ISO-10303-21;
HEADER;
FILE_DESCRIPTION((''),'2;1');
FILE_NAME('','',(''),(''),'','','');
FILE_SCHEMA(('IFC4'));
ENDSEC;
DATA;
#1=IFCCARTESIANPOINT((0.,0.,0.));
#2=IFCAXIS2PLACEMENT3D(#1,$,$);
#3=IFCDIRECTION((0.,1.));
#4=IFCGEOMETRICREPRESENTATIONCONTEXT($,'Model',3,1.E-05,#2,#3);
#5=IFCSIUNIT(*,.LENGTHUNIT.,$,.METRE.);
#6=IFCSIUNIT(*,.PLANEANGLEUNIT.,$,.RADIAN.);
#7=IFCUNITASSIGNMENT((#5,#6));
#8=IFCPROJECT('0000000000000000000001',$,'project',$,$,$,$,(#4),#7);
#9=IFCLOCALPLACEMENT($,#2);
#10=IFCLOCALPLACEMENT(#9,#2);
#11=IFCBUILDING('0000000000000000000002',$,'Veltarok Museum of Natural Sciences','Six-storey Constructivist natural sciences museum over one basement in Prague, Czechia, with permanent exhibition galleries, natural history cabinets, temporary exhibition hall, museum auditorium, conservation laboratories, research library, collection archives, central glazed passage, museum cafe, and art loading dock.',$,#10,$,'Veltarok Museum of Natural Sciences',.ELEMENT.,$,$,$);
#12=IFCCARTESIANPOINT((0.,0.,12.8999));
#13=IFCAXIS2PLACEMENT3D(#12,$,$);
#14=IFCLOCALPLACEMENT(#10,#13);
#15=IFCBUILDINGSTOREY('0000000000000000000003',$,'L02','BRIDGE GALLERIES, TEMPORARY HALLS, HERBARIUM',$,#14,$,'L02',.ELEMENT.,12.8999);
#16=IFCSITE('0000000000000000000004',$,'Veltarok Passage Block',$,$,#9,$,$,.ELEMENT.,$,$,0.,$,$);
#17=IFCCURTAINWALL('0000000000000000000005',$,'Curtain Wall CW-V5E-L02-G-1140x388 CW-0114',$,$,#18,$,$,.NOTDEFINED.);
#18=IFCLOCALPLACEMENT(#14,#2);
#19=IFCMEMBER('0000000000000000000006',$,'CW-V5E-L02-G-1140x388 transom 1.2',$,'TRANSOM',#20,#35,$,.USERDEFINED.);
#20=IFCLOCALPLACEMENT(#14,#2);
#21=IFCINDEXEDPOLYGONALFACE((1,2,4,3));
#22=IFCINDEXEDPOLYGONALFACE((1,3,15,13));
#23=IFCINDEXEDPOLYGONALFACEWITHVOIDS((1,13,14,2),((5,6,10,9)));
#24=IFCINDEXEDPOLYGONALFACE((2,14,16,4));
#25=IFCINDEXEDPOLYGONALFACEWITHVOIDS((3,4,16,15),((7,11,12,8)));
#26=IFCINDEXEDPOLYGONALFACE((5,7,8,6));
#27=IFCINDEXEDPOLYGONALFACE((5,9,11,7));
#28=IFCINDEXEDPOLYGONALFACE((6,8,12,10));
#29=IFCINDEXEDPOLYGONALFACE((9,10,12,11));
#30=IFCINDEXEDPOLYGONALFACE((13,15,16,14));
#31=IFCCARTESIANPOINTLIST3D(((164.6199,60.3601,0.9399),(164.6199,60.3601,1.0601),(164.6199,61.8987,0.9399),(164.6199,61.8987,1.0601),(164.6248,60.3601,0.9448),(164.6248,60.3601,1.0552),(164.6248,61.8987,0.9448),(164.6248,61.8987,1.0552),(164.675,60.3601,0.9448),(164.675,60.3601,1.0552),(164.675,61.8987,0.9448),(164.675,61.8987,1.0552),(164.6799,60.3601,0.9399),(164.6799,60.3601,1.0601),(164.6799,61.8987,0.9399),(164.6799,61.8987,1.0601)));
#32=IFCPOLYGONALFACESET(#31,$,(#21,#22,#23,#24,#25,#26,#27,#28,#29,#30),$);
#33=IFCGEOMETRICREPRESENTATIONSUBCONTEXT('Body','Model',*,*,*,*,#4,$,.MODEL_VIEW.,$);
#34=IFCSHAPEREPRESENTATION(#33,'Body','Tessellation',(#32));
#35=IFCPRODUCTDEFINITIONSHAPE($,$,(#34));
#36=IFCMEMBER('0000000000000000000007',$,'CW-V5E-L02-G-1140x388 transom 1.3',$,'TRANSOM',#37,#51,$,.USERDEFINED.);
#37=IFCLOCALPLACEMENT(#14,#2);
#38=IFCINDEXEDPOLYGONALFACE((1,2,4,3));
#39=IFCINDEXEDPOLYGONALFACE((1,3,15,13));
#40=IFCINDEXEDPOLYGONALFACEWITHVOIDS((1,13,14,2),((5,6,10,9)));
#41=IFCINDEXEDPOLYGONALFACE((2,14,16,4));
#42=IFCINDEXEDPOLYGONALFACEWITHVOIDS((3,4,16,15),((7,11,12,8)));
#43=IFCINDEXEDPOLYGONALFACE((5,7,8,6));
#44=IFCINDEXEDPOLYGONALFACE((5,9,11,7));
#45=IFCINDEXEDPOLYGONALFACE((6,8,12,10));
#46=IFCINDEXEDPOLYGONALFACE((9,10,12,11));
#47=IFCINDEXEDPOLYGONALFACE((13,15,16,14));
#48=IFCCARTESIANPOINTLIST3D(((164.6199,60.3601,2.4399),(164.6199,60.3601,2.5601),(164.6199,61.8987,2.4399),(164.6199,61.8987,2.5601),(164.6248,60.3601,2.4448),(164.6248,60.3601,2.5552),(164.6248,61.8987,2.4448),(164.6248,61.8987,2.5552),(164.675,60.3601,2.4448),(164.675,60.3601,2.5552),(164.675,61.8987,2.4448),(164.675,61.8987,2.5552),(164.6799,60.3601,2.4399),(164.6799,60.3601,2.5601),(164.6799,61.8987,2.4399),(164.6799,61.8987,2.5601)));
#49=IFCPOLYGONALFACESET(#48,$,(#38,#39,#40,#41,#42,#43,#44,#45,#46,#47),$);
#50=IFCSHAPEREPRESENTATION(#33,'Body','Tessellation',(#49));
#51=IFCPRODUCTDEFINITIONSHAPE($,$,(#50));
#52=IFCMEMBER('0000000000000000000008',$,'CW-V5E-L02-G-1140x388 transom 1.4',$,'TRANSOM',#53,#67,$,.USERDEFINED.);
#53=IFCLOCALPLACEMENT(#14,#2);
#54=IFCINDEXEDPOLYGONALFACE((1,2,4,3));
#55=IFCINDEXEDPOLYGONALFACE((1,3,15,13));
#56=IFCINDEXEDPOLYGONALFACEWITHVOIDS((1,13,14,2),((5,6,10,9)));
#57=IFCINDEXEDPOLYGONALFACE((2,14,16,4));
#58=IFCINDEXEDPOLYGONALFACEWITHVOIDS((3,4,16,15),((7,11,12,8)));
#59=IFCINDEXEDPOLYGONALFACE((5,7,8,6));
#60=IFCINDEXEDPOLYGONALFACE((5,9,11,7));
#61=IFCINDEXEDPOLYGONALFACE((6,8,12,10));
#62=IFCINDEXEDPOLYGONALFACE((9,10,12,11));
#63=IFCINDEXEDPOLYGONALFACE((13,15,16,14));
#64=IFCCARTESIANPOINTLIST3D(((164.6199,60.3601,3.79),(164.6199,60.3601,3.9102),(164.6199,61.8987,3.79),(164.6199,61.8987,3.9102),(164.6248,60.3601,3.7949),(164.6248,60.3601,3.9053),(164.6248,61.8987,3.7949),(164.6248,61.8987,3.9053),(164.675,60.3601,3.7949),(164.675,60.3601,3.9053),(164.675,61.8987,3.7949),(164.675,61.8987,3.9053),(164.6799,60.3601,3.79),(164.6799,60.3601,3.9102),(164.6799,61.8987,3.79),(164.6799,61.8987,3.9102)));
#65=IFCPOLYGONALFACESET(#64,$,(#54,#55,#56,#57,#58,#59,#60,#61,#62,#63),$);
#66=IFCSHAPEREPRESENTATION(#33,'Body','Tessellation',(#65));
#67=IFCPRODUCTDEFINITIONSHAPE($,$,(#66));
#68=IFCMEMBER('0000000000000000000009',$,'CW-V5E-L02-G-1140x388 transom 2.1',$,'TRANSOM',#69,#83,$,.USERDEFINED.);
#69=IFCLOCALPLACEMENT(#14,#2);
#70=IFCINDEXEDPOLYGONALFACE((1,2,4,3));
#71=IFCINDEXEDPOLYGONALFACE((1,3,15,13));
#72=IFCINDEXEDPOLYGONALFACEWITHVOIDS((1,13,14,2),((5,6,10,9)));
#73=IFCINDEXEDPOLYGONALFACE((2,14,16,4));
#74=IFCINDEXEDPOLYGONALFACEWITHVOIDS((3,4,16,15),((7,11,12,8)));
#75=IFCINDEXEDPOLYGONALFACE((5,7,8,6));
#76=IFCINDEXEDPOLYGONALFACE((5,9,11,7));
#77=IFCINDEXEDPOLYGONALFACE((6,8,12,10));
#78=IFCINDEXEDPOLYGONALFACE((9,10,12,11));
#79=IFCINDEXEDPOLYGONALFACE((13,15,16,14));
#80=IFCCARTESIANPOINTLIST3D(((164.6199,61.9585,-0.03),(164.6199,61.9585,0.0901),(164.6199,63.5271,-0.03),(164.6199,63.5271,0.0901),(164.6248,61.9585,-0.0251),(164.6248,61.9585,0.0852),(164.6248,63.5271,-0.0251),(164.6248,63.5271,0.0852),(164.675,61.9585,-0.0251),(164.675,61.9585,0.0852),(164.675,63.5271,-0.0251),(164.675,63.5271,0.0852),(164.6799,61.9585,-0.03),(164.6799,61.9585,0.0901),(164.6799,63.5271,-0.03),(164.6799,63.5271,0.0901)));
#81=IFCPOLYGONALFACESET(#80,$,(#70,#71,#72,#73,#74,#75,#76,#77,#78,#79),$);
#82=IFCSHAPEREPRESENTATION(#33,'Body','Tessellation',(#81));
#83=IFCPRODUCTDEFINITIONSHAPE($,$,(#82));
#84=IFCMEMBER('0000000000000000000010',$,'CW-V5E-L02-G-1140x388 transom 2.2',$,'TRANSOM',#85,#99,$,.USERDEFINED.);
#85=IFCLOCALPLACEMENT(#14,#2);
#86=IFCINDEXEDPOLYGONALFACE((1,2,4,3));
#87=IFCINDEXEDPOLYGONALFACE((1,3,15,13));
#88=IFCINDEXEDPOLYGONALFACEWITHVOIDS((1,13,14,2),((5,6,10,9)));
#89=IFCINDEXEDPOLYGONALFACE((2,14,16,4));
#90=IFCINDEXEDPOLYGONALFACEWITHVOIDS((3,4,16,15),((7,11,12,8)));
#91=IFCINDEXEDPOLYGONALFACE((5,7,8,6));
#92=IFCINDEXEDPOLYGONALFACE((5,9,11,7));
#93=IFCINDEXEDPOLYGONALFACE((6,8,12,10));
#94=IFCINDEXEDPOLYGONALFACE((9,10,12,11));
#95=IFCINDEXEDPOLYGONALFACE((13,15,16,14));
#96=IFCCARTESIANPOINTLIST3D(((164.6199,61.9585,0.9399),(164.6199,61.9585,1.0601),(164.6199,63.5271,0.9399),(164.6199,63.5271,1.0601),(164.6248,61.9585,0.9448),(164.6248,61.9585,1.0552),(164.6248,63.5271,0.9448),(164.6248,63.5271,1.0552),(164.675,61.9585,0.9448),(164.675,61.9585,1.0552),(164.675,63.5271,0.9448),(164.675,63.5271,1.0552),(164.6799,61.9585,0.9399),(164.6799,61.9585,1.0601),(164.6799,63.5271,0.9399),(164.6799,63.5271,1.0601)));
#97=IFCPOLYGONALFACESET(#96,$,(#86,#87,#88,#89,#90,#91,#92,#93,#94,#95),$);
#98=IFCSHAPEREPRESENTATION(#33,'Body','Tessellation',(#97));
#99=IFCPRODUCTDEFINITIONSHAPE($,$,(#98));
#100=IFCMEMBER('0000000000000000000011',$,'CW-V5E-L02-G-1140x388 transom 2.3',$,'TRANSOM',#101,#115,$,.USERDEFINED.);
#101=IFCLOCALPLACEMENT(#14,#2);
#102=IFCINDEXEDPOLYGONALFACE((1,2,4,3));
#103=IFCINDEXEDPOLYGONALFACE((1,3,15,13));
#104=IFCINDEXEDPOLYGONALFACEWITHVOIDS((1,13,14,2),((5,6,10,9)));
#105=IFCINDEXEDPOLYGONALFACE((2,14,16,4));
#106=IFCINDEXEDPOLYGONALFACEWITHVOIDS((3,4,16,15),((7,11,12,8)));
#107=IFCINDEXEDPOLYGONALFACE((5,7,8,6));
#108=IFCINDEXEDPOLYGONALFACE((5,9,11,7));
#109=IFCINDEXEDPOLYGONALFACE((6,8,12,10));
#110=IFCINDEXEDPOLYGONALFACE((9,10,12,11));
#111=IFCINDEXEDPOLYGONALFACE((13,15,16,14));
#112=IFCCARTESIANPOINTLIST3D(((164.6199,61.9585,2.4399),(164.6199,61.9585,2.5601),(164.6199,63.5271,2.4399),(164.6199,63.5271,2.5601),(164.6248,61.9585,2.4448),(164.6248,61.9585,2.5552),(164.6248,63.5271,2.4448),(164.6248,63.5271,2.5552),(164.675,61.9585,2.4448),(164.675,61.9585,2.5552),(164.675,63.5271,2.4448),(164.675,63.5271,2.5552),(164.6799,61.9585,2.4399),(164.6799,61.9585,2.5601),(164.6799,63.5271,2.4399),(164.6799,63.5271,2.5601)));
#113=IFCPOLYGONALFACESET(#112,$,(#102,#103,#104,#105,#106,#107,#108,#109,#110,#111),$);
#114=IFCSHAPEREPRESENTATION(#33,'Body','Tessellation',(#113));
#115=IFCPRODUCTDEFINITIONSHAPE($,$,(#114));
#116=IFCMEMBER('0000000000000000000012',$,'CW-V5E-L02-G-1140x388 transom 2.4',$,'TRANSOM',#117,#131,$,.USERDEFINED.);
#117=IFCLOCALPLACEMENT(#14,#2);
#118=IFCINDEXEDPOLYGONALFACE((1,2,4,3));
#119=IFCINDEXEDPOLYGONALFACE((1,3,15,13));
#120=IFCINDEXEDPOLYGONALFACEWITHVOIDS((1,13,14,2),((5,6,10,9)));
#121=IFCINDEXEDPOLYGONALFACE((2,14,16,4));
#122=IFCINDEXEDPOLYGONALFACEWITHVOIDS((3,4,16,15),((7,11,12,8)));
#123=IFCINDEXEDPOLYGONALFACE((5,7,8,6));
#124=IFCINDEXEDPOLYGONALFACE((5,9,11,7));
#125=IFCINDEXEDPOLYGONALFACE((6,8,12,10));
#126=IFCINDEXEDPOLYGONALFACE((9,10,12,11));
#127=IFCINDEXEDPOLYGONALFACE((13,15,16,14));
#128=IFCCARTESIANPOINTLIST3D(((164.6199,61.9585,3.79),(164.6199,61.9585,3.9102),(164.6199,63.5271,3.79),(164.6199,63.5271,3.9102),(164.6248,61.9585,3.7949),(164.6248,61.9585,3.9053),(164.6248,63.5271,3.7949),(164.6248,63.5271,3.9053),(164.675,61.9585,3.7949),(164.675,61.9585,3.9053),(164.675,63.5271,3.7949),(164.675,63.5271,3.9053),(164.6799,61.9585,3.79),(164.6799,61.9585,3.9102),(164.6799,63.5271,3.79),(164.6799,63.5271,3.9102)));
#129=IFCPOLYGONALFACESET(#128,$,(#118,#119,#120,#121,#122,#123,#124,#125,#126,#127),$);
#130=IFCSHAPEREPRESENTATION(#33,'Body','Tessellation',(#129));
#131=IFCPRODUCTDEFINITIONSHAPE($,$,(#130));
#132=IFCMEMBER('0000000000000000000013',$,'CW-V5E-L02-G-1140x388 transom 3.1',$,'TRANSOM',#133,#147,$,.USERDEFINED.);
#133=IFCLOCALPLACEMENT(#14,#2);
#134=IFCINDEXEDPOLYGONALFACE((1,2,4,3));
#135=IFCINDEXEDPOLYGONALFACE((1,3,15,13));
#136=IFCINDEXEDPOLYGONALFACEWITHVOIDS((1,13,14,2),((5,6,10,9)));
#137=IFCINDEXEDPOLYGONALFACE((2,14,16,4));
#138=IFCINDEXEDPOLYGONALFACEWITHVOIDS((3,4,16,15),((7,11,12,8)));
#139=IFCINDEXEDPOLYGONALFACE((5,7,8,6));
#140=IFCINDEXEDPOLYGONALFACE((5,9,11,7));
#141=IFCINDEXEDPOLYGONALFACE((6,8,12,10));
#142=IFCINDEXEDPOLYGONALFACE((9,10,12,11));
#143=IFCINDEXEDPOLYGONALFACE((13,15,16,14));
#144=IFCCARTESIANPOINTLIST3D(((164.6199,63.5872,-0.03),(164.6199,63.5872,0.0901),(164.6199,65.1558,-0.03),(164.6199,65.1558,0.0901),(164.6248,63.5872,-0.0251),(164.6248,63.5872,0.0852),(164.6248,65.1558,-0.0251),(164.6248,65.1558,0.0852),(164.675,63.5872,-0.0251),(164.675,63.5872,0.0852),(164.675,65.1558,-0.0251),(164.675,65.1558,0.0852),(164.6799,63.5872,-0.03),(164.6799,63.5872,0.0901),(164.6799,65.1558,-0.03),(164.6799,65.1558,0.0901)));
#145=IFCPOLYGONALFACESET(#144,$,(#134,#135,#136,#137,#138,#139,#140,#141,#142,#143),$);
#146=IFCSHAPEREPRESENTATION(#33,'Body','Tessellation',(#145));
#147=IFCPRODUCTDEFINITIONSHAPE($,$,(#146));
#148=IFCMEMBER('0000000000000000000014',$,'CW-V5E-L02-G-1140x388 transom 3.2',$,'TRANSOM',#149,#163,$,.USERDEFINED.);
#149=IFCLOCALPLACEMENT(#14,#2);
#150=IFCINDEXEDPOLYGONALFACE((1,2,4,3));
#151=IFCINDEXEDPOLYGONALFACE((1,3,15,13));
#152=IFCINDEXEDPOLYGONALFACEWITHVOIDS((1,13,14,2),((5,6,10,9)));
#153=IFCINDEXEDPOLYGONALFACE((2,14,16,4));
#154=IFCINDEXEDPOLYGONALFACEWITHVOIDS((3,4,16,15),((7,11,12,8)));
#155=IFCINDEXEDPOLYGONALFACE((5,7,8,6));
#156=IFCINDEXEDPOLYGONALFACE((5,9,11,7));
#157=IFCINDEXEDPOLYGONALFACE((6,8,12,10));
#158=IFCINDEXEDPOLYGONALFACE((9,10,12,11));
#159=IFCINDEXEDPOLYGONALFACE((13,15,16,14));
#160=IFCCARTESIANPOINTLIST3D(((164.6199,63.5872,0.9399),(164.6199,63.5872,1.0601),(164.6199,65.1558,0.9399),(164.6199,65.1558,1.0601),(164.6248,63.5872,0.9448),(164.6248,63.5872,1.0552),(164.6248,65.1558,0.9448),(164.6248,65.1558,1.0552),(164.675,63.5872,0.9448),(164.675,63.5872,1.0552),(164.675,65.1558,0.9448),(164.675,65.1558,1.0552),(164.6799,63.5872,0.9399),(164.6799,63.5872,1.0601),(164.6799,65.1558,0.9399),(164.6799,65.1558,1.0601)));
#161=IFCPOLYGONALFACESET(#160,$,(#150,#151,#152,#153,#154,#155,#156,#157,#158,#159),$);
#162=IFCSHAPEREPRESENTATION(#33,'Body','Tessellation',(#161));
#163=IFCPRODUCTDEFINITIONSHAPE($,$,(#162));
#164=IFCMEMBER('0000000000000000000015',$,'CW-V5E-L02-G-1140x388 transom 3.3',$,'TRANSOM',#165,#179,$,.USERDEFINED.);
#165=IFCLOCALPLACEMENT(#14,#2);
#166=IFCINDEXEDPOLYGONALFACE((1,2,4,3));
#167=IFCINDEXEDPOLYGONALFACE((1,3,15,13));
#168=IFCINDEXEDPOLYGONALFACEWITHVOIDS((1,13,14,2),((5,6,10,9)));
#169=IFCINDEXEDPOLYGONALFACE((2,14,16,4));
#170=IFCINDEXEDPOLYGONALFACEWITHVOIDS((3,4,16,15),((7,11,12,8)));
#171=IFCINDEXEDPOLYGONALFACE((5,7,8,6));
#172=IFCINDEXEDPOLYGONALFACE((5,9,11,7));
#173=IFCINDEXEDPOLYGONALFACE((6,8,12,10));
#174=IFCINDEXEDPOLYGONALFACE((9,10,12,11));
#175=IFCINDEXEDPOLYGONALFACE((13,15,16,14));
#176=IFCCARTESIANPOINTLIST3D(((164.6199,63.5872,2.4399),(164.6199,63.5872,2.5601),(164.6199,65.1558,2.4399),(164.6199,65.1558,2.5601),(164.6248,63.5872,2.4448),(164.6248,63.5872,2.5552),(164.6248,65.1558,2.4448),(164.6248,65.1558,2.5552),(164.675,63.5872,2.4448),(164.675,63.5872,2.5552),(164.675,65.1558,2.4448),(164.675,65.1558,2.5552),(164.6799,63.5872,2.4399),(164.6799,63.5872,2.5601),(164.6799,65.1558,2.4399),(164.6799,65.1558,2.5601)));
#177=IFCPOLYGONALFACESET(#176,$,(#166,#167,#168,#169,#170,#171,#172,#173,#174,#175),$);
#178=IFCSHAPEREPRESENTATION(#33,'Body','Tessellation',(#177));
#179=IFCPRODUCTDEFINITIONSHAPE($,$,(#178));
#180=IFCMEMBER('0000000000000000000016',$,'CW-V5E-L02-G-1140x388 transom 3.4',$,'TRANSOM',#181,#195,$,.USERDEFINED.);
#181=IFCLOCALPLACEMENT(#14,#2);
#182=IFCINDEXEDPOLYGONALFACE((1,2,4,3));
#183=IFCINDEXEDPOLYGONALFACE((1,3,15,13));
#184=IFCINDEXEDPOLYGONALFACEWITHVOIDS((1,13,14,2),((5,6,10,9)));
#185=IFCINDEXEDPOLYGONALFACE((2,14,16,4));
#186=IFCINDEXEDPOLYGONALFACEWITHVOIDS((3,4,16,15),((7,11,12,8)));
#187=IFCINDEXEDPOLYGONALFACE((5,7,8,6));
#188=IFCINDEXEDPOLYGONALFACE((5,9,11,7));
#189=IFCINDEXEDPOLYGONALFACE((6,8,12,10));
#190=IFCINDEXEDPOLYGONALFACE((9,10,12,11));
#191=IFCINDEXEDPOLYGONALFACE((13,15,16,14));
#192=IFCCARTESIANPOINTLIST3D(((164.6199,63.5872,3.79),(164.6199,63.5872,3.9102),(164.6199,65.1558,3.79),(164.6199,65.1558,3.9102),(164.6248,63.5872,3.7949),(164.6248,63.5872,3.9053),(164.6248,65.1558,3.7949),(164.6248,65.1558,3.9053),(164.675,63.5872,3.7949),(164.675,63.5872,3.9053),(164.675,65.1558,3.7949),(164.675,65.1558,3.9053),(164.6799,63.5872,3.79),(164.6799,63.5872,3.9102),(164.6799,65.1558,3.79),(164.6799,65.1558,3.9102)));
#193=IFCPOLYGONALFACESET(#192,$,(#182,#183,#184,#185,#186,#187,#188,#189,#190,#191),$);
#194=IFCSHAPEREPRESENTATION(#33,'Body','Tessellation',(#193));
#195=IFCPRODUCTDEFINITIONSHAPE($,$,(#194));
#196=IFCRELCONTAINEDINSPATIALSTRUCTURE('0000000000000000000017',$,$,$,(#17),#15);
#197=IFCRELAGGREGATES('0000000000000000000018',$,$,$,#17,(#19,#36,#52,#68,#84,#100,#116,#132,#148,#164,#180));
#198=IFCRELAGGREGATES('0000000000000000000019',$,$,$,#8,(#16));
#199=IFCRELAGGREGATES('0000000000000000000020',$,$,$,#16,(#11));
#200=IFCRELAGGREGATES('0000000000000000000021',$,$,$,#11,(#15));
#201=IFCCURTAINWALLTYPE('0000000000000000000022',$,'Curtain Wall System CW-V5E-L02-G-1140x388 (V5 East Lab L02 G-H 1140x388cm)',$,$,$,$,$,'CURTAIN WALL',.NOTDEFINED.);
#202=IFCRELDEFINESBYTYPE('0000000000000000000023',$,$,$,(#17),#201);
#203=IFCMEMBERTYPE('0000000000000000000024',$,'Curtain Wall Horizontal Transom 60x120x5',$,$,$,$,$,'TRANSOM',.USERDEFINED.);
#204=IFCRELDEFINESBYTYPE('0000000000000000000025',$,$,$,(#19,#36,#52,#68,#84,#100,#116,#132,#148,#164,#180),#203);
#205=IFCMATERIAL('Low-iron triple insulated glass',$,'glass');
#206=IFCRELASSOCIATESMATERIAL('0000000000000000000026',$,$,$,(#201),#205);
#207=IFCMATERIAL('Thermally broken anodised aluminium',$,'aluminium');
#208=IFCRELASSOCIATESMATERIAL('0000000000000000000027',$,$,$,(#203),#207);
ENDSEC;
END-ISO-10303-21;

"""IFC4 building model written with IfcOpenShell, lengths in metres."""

from ifc_helpers import new_model, si_unit, direction, frame, origin, origin_2d, place, context, subcontext, project, spatial, hollow_rectangle, extrude, material, material_profile, profile_set, type_object, element, aggregate, save


model = new_model("IFC4")

# Units and contexts
model_context = context("Model", 3, precision=1e-05, world=origin(), true_north=direction((0.0, 1.0)))
body_context = subcontext(model_context, "Body", "Model", "MODEL_VIEW")
ifc_project = project(units=[si_unit("LENGTHUNIT", "METRE"), si_unit("PLANEANGLEUNIT", "RADIAN")], contexts=[model_context])

# Site, building, storey
site_placement = place(None, origin())
site = spatial("IfcSite", under=ifc_project, at=site_placement, Name="Veltarok Passage Block", CompositionType="ELEMENT", RefElevation=0.0)
building_placement = place(site_placement, origin())
building = spatial("IfcBuilding", under=site, at=building_placement, Name="Veltarok Museum of Natural Sciences", Description="Six-storey Constructivist natural sciences museum over one basement in Prague, Czechia, with permanent exhibition galleries, natural history cabinets, temporary exhibition hall, museum auditorium, conservation laboratories, research library, collection archives, central glazed passage, museum cafe, and art loading dock.", LongName="Veltarok Museum of Natural Sciences", CompositionType="ELEMENT")
storey_placement = place(building_placement, frame((0.0, 0.0, 12.8999)))
storey = spatial("IfcBuildingStorey", under=building, at=storey_placement, Name="L02", Description="BRIDGE GALLERIES, TEMPORARY HALLS, HERBARIUM", LongName="L02", CompositionType="ELEMENT", Elevation=12.8999)

# Curtain wall, members
ifc_material_1 = material(Name="Low-iron triple insulated glass", Category="glass")
curtain_wall_type = type_object("IfcCurtainWallType", Name="Curtain Wall System CW-V5E-L02-G-1140x388 (V5 East Lab L02 G-H 1140x388cm)", ElementType="CURTAIN WALL", PredefinedType="NOTDEFINED", material=ifc_material_1)
curtain_wall_placement = place(storey_placement, origin())
curtain_wall = element("IfcCurtainWall", 1, at=curtain_wall_placement, inside=storey, type_object=curtain_wall_type, Name="Curtain Wall CW-V5E-L02-G-1140x388 CW-0114", PredefinedType="NOTDEFINED")
ifc_material_2 = material(Name="Thermally broken anodised aluminium", Category="aluminium")
ifc_material_profile_1 = material_profile(ifc_material_2, hollow_rectangle(XDim=0.0601, YDim=0.1201, WallThickness=0.0049, at=origin_2d()), Name="CW TRANSOM 60x120x5")
ifc_profile_set_1 = profile_set([ifc_material_profile_1], Name="Thermally broken anodised aluminium")
member_type_1 = type_object("IfcMemberType", Name="Curtain Wall Horizontal Transom 60x120x5", ElementType="TRANSOM", PredefinedType="USERDEFINED", material=ifc_profile_set_1)
member_1_placement = place(storey_placement, frame((164.6499, 60.3601, 1.0), z_axis=(0.0, 1.0, 0.0), x_axis=(-1.0, 0.0, 0.0)))
member_1 = element("IfcMember", 2, at=member_1_placement, type_object=member_type_1, Name="CW-V5E-L02-G-1140x388 transom 1.2", ObjectType="TRANSOM", PredefinedType="USERDEFINED", context=body_context, shape_type="SweptSolid", body=[
    extrude(hollow_rectangle(XDim=0.0601, YDim=0.1201, WallThickness=0.0049, at=origin_2d()), origin(), (0.0, 0.0, 1.0), 1.5386),
])
member_2_placement = place(storey_placement, frame((164.6499, 60.3601, 2.5), z_axis=(0.0, 1.0, 0.0), x_axis=(-1.0, 0.0, 0.0)))
member_2 = element("IfcMember", 3, at=member_2_placement, type_object=member_type_1, Name="CW-V5E-L02-G-1140x388 transom 1.3", ObjectType="TRANSOM", PredefinedType="USERDEFINED", context=body_context, shape_type="SweptSolid", body=[
    extrude(hollow_rectangle(XDim=0.0601, YDim=0.1201, WallThickness=0.0049, at=origin_2d()), origin(), (0.0, 0.0, 1.0), 1.5386),
])
member_3_placement = place(storey_placement, frame((164.6499, 60.3601, 3.8501), z_axis=(0.0, 1.0, 0.0), x_axis=(-1.0, 0.0, 0.0)))
member_3 = element("IfcMember", 4, at=member_3_placement, type_object=member_type_1, Name="CW-V5E-L02-G-1140x388 transom 1.4", ObjectType="TRANSOM", PredefinedType="USERDEFINED", context=body_context, shape_type="SweptSolid", body=[
    extrude(hollow_rectangle(XDim=0.0601, YDim=0.1201, WallThickness=0.0049, at=origin_2d()), origin(), (0.0, 0.0, 1.0), 1.5386),
])
member_4_placement = place(storey_placement, frame((164.6499, 61.9585, 0.03), z_axis=(0.0, 1.0, 0.0), x_axis=(-1.0, 0.0, 0.0)))
member_4 = element("IfcMember", 5, at=member_4_placement, type_object=member_type_1, Name="CW-V5E-L02-G-1140x388 transom 2.1", ObjectType="TRANSOM", PredefinedType="USERDEFINED", context=body_context, shape_type="SweptSolid", body=[
    extrude(hollow_rectangle(XDim=0.0601, YDim=0.1201, WallThickness=0.0049, at=origin_2d()), origin(), (0.0, 0.0, 1.0), 1.5686),
])
member_5_placement = place(storey_placement, frame((164.6499, 61.9585, 1.0), z_axis=(0.0, 1.0, 0.0), x_axis=(-1.0, 0.0, 0.0)))
member_5 = element("IfcMember", 6, at=member_5_placement, type_object=member_type_1, Name="CW-V5E-L02-G-1140x388 transom 2.2", ObjectType="TRANSOM", PredefinedType="USERDEFINED", context=body_context, shape_type="SweptSolid", body=[
    extrude(hollow_rectangle(XDim=0.0601, YDim=0.1201, WallThickness=0.0049, at=origin_2d()), origin(), (0.0, 0.0, 1.0), 1.5686),
])
member_6_placement = place(storey_placement, frame((164.6499, 61.9585, 2.5), z_axis=(0.0, 1.0, 0.0), x_axis=(-1.0, 0.0, 0.0)))
member_6 = element("IfcMember", 7, at=member_6_placement, type_object=member_type_1, Name="CW-V5E-L02-G-1140x388 transom 2.3", ObjectType="TRANSOM", PredefinedType="USERDEFINED", context=body_context, shape_type="SweptSolid", body=[
    extrude(hollow_rectangle(XDim=0.0601, YDim=0.1201, WallThickness=0.0049, at=origin_2d()), origin(), (0.0, 0.0, 1.0), 1.5686),
])
member_7_placement = place(storey_placement, frame((164.6499, 61.9585, 3.8501), z_axis=(0.0, 1.0, 0.0), x_axis=(-1.0, 0.0, 0.0)))
member_7 = element("IfcMember", 8, at=member_7_placement, type_object=member_type_1, Name="CW-V5E-L02-G-1140x388 transom 2.4", ObjectType="TRANSOM", PredefinedType="USERDEFINED", context=body_context, shape_type="SweptSolid", body=[
    extrude(hollow_rectangle(XDim=0.0601, YDim=0.1201, WallThickness=0.0049, at=origin_2d()), origin(), (0.0, 0.0, 1.0), 1.5686),
])
member_8_placement = place(storey_placement, frame((164.6499, 63.5872, 0.03), z_axis=(0.0, 1.0, 0.0), x_axis=(-1.0, 0.0, 0.0)))
member_8 = element("IfcMember", 9, at=member_8_placement, type_object=member_type_1, Name="CW-V5E-L02-G-1140x388 transom 3.1", ObjectType="TRANSOM", PredefinedType="USERDEFINED", context=body_context, shape_type="SweptSolid", body=[
    extrude(hollow_rectangle(XDim=0.0601, YDim=0.1201, WallThickness=0.0049, at=origin_2d()), origin(), (0.0, 0.0, 1.0), 1.5686),
])
member_9_placement = place(storey_placement, frame((164.6499, 63.5872, 1.0), z_axis=(0.0, 1.0, 0.0), x_axis=(-1.0, 0.0, 0.0)))
member_9 = element("IfcMember", 10, at=member_9_placement, type_object=member_type_1, Name="CW-V5E-L02-G-1140x388 transom 3.2", ObjectType="TRANSOM", PredefinedType="USERDEFINED", context=body_context, shape_type="SweptSolid", body=[
    extrude(hollow_rectangle(XDim=0.0601, YDim=0.1201, WallThickness=0.0049, at=origin_2d()), origin(), (0.0, 0.0, 1.0), 1.5686),
])
member_10_placement = place(storey_placement, frame((164.6499, 63.5872, 2.5), z_axis=(0.0, 1.0, 0.0), x_axis=(-1.0, 0.0, 0.0)))
member_10 = element("IfcMember", 11, at=member_10_placement, type_object=member_type_1, Name="CW-V5E-L02-G-1140x388 transom 3.3", ObjectType="TRANSOM", PredefinedType="USERDEFINED", context=body_context, shape_type="SweptSolid", body=[
    extrude(hollow_rectangle(XDim=0.0601, YDim=0.1201, WallThickness=0.0049, at=origin_2d()), origin(), (0.0, 0.0, 1.0), 1.5686),
])
member_11_placement = place(storey_placement, frame((164.6499, 63.5872, 3.8501), z_axis=(0.0, 1.0, 0.0), x_axis=(-1.0, 0.0, 0.0)))
member_11 = element("IfcMember", 12, at=member_11_placement, type_object=member_type_1, Name="CW-V5E-L02-G-1140x388 transom 3.4", ObjectType="TRANSOM", PredefinedType="USERDEFINED", context=body_context, shape_type="SweptSolid", body=[
    extrude(hollow_rectangle(XDim=0.0601, YDim=0.1201, WallThickness=0.0049, at=origin_2d()), origin(), (0.0, 0.0, 1.0), 1.5686),
])
aggregate(curtain_wall, [member_1, member_2, member_3, member_4, member_5, member_6, member_7, member_8, member_9, member_10, member_11])

save(model, "model.ifc")
